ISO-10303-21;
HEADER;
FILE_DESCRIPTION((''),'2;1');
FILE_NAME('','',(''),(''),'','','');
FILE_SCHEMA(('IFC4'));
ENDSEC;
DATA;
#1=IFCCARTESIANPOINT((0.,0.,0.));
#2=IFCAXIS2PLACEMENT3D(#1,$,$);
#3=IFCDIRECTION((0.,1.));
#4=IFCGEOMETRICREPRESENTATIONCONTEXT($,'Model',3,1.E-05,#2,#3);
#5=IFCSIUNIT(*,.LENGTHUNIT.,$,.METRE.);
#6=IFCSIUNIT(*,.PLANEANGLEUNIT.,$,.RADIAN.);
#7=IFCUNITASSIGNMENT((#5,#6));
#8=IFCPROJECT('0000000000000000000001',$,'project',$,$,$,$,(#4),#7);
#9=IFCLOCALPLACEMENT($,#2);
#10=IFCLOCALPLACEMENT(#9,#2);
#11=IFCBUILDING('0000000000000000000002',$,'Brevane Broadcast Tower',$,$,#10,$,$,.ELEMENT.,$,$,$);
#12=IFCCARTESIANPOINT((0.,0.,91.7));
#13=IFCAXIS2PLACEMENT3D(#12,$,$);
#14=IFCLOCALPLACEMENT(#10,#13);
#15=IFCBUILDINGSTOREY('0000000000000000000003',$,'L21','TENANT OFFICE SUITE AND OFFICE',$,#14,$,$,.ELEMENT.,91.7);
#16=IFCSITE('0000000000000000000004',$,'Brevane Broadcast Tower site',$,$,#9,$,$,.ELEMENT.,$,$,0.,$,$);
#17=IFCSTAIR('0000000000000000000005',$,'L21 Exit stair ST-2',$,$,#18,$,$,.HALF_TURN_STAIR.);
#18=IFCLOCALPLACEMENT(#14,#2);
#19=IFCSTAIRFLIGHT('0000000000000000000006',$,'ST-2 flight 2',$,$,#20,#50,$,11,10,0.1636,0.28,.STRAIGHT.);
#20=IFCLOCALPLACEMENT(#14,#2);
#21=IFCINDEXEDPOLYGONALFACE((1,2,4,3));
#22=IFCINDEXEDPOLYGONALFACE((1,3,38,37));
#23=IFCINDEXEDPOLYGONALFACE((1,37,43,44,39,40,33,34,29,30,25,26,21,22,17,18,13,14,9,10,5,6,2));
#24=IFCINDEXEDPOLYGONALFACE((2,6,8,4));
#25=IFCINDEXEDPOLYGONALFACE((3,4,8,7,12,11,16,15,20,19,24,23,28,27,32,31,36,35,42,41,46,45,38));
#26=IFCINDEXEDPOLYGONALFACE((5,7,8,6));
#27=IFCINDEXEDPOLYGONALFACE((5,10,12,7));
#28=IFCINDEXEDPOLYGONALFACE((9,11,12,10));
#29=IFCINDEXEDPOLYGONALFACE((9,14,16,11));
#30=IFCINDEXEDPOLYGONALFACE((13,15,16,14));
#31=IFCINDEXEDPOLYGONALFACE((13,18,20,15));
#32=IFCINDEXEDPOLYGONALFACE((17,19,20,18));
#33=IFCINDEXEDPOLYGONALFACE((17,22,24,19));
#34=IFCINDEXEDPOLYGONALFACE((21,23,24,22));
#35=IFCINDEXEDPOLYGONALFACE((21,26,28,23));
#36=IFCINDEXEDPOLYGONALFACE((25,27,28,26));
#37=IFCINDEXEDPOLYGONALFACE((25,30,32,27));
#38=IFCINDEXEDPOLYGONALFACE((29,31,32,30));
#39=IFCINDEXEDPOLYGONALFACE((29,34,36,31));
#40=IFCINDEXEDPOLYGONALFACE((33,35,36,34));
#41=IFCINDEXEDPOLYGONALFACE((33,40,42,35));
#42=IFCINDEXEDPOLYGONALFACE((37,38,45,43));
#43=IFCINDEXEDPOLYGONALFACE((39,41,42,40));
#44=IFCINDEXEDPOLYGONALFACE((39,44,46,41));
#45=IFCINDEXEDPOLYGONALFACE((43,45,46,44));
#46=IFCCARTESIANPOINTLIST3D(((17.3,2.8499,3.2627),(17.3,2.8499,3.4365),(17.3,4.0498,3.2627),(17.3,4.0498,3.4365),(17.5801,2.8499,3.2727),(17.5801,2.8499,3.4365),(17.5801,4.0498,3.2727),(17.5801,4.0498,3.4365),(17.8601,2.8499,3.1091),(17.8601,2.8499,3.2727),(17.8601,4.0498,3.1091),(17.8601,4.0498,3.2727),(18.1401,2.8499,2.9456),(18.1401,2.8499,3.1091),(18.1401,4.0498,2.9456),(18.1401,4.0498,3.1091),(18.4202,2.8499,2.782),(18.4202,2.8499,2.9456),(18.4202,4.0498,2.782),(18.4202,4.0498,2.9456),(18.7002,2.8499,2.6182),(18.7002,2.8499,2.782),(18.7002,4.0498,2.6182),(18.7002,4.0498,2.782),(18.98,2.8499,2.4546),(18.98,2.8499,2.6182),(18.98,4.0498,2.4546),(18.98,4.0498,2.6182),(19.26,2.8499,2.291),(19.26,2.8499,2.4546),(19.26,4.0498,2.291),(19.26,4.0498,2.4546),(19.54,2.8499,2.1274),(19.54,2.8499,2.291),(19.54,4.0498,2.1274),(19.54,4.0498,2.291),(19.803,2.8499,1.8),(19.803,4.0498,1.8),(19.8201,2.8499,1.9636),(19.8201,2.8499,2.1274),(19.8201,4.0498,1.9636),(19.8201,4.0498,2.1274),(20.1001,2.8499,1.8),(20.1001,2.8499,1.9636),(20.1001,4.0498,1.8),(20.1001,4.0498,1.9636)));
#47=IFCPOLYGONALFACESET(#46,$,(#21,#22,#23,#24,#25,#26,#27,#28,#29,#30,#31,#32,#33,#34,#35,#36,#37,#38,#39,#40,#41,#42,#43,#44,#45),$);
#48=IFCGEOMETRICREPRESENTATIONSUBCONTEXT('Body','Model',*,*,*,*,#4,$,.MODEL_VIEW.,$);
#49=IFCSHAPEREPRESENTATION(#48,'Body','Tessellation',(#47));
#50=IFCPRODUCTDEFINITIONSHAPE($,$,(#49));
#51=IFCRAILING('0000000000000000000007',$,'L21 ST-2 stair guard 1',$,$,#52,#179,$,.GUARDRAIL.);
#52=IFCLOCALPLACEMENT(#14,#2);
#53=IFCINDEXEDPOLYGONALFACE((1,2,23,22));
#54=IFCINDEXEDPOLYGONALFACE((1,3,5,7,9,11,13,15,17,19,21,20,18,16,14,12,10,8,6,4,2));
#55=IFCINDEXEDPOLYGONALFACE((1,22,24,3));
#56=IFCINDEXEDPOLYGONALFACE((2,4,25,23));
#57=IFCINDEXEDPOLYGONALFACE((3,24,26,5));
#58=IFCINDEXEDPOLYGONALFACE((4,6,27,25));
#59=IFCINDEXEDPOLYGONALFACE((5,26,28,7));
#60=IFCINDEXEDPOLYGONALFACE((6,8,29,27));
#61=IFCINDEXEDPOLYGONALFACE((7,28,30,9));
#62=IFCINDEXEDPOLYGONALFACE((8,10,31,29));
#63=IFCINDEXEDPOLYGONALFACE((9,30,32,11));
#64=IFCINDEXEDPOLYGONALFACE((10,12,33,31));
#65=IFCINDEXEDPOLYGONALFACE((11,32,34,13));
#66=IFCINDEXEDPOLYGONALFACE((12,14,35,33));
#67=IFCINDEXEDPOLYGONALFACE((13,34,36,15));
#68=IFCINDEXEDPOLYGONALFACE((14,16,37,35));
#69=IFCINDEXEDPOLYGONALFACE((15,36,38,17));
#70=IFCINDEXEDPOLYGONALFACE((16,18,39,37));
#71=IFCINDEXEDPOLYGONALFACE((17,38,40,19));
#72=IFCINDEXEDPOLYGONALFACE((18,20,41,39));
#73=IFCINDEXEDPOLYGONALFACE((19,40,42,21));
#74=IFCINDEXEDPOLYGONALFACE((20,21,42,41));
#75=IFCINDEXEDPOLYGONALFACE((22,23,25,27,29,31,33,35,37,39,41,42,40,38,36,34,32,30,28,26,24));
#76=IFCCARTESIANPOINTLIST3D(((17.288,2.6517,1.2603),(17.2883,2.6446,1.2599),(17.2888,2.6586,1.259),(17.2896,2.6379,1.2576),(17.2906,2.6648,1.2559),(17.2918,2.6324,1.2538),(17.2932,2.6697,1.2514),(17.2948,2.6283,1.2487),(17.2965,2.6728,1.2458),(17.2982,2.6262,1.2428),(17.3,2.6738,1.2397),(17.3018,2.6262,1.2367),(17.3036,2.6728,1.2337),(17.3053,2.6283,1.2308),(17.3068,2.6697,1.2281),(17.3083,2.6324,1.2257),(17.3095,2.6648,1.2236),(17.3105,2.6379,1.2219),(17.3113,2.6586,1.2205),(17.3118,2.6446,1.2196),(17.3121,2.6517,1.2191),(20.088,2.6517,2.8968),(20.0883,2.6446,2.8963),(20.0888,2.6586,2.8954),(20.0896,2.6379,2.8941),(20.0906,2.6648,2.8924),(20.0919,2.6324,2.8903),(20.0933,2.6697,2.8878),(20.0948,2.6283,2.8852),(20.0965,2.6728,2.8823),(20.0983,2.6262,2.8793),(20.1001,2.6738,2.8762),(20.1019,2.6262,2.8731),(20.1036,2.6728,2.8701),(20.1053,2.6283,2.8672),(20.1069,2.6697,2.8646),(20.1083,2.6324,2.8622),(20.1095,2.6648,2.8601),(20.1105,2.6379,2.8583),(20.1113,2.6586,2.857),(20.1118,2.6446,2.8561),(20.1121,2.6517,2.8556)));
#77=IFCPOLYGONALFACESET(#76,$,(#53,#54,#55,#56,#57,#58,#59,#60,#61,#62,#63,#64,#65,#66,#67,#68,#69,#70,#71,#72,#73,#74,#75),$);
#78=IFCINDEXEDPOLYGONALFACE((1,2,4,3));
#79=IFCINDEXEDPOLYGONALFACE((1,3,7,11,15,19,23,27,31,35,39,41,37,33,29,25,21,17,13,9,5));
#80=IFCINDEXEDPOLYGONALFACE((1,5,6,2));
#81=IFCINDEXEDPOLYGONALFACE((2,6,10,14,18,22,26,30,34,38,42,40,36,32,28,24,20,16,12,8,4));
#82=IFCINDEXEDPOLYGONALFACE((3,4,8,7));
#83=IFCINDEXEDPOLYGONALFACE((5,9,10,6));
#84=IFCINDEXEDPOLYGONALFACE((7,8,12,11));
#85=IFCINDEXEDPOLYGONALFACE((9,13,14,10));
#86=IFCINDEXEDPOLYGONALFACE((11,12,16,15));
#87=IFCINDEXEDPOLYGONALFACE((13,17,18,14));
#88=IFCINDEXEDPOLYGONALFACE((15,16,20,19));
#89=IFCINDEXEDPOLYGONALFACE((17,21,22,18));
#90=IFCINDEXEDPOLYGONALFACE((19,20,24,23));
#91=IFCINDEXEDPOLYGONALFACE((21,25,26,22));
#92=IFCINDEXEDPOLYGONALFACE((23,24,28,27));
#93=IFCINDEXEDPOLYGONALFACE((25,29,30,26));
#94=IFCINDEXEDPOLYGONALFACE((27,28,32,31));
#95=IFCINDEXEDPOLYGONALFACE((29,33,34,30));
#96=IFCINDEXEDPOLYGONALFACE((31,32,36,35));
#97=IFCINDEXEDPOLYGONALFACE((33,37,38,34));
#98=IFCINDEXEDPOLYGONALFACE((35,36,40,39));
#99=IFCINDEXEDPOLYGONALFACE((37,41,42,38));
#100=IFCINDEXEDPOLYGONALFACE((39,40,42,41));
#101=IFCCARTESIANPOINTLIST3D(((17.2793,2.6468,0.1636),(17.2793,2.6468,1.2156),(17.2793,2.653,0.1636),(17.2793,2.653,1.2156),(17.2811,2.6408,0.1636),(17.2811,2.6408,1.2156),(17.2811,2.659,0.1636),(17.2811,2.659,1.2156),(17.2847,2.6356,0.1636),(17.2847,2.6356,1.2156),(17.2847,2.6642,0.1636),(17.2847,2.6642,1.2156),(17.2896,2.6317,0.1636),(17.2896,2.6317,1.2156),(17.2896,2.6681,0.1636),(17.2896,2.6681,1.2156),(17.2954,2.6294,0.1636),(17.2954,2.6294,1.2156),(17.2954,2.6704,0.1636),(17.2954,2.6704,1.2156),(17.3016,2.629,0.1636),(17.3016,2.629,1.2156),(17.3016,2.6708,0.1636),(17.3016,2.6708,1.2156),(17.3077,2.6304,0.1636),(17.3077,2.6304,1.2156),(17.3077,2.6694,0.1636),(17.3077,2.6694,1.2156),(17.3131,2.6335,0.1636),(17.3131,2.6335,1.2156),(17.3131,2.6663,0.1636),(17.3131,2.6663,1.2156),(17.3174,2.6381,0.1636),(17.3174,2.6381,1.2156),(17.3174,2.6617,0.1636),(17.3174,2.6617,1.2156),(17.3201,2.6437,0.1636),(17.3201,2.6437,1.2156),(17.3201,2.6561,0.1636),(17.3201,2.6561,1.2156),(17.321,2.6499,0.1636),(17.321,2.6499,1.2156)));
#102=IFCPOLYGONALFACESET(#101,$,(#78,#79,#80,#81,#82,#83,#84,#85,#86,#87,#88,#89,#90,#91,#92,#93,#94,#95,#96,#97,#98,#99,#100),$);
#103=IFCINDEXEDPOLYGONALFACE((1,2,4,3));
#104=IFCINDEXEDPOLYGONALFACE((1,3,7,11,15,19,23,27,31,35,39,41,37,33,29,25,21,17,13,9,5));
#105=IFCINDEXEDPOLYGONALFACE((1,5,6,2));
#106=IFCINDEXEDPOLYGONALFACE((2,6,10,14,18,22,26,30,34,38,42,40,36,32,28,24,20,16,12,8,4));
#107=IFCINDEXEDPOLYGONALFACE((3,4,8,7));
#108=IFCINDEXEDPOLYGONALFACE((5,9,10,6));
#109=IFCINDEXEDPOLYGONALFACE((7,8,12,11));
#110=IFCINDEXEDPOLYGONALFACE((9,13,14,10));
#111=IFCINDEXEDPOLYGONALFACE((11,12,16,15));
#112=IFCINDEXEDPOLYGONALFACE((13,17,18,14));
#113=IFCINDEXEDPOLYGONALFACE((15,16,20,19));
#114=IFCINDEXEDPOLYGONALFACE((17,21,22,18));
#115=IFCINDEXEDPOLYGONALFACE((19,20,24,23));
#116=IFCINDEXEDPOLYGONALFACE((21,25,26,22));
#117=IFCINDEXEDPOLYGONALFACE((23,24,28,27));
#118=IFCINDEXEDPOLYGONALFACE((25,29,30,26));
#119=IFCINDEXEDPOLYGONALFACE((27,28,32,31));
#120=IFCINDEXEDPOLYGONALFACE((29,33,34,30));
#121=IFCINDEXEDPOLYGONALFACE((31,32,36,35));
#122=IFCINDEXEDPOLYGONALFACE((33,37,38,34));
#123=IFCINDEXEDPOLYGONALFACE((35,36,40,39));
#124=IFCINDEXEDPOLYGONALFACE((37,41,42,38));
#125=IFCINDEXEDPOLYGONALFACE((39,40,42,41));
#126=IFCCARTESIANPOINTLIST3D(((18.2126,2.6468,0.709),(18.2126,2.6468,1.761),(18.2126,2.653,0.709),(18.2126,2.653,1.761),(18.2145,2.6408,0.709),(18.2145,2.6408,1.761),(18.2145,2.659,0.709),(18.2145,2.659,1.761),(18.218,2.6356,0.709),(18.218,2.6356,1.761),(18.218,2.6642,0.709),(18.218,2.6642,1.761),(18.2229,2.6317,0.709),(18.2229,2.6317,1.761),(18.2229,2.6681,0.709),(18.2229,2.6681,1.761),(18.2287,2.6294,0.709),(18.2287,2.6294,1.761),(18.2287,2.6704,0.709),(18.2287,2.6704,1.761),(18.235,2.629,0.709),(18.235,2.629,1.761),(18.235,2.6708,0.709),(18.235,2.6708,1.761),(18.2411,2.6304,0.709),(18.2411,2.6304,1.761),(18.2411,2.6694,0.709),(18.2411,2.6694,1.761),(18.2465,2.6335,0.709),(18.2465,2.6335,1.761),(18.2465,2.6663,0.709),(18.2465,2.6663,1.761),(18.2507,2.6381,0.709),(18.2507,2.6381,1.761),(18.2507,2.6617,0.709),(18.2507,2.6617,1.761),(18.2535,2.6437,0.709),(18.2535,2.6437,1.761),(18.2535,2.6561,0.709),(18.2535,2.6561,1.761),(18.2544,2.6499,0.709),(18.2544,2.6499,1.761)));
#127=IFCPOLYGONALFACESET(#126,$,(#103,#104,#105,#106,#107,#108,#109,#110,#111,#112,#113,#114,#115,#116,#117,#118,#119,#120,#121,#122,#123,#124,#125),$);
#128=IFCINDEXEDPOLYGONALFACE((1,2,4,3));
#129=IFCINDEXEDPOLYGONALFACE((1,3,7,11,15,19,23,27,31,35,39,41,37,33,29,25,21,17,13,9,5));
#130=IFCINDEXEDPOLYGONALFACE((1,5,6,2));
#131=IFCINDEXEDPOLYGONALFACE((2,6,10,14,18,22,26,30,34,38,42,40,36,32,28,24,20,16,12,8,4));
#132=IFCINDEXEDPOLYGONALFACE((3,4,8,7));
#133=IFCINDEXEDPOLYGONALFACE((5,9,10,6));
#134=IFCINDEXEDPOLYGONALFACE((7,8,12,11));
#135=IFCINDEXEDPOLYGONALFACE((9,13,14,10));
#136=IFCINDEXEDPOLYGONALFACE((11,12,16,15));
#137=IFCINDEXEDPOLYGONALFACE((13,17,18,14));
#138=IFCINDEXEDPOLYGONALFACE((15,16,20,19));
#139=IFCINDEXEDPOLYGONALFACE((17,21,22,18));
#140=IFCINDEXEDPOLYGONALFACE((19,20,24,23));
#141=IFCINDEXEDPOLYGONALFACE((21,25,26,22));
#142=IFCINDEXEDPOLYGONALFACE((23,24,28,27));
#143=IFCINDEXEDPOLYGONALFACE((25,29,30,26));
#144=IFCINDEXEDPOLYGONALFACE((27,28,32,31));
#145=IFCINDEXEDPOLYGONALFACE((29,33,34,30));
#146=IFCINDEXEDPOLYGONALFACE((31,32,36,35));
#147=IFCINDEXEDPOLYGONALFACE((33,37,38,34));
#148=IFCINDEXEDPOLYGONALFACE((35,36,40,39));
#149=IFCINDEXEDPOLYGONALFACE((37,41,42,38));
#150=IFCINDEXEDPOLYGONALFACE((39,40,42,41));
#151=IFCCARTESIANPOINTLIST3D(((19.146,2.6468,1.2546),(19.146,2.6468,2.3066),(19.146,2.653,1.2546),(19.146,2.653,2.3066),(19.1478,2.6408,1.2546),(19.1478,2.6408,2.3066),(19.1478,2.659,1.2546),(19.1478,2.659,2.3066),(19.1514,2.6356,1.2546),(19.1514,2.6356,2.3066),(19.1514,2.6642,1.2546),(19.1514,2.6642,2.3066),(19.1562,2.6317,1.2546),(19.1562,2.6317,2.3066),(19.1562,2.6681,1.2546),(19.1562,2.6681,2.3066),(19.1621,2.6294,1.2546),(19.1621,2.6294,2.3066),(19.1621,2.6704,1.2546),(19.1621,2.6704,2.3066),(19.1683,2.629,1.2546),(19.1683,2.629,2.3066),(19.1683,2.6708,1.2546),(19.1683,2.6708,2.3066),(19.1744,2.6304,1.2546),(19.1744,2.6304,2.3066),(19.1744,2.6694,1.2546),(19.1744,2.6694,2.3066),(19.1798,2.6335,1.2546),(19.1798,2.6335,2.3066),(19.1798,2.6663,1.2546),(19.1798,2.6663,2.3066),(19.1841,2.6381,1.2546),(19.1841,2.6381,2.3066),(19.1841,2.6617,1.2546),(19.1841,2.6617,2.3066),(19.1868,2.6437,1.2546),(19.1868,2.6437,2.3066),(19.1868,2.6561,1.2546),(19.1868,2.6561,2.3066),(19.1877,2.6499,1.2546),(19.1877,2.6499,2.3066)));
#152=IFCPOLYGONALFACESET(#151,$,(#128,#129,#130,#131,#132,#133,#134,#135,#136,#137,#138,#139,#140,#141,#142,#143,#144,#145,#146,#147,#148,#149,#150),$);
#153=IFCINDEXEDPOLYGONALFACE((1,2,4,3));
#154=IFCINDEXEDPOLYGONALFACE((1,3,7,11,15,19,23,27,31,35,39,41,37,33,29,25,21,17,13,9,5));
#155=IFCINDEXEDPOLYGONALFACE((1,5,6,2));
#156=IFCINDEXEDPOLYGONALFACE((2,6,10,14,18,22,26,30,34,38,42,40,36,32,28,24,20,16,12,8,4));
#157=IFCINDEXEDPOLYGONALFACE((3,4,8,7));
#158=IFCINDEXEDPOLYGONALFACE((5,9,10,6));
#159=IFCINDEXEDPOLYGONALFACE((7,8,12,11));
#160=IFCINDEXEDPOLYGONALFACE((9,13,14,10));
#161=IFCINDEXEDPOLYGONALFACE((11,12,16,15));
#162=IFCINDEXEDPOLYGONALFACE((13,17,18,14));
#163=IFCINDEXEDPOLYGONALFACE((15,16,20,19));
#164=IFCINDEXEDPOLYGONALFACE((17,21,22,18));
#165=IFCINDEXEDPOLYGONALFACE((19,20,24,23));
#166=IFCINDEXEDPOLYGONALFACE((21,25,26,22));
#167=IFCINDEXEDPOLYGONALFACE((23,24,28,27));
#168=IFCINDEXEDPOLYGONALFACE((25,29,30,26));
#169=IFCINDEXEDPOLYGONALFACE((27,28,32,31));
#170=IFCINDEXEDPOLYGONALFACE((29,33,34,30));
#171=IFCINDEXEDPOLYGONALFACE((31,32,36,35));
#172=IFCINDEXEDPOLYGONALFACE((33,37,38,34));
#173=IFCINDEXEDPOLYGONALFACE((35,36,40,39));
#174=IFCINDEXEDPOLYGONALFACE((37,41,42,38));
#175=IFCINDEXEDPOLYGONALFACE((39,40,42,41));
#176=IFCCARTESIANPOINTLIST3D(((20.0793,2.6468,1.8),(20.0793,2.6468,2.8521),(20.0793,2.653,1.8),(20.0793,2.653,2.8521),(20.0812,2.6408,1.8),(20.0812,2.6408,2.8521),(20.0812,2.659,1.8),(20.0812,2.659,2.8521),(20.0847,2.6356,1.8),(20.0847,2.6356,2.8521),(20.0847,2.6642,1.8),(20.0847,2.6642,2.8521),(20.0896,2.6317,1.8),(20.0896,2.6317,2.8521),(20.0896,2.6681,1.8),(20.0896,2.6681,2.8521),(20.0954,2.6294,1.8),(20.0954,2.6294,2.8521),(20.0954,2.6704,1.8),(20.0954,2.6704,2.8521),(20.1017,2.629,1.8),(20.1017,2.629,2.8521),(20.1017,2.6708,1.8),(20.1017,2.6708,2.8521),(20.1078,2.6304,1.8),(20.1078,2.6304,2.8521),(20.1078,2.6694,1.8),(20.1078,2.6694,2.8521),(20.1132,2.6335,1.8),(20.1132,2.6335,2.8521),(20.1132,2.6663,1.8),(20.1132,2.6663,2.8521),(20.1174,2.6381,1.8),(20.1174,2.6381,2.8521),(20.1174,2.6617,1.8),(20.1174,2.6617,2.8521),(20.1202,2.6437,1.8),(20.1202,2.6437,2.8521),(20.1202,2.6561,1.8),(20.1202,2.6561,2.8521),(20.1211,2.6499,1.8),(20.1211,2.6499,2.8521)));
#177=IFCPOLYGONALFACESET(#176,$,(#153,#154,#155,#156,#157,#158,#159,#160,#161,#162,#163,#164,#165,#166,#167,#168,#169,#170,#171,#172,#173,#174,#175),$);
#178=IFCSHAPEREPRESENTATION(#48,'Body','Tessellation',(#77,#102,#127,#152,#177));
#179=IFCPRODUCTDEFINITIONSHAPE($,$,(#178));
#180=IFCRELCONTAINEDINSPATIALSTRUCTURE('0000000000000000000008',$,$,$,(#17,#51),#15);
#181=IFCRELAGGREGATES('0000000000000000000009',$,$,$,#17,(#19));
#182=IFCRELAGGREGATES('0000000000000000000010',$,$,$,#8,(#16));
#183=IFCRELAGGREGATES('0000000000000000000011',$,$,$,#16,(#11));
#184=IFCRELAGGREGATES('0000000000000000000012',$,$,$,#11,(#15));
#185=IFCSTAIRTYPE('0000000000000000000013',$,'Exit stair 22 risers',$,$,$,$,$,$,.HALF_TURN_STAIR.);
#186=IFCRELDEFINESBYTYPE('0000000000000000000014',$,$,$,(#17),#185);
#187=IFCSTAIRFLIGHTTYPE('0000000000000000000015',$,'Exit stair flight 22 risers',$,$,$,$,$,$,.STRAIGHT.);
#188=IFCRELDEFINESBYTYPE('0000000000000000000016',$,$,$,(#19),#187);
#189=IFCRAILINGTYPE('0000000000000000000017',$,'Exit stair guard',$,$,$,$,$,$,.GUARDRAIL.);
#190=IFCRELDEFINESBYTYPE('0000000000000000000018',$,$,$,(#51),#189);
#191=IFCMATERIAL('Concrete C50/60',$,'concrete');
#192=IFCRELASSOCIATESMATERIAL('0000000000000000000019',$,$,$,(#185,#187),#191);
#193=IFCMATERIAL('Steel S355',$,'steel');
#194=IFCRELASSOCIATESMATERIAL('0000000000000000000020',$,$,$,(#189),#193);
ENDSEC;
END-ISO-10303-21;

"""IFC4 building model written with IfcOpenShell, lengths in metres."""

from ifc_helpers import new_model, si_unit, direction, frame, origin, origin_2d, place, context, subcontext, project, spatial, polyline, circle, outline, extrude, material, type_object, element, aggregate, save


model = new_model("IFC4")

# Units and contexts
model_context = context("Model", 3, precision=1e-05, world=origin(), true_north=direction((0.0, 1.0)))
body_context = subcontext(model_context, "Body", "Model", "MODEL_VIEW")
ifc_project = project(units=[si_unit("LENGTHUNIT", "METRE"), si_unit("PLANEANGLEUNIT", "RADIAN")], contexts=[model_context])

# Site, building, storey
site_placement = place(None, origin())
site = spatial("IfcSite", under=ifc_project, at=site_placement, Name="Brevane Broadcast Tower site", CompositionType="ELEMENT", RefElevation=0.0)
building_placement = place(site_placement, origin())
building = spatial("IfcBuilding", under=site, at=building_placement, Name="Brevane Broadcast Tower", CompositionType="ELEMENT")
storey_placement = place(building_placement, frame((0.0, 0.0, 91.7)))
storey = spatial("IfcBuildingStorey", under=building, at=storey_placement, Name="L21", Description="TENANT OFFICE SUITE AND OFFICE", CompositionType="ELEMENT", Elevation=91.7)

# Stair, stair flight
ifc_material_1 = material(Name="Concrete C50/60", Category="concrete")
stair_type = type_object("IfcStairType", Name="Exit stair 22 risers", PredefinedType="HALF_TURN_STAIR", material=ifc_material_1)
stair_placement = place(storey_placement, origin())
stair = element("IfcStair", 1, at=stair_placement, inside=storey, type_object=stair_type, Name="L21 Exit stair ST-2", PredefinedType="HALF_TURN_STAIR")
stair_flight_type = type_object("IfcStairFlightType", Name="Exit stair flight 22 risers", PredefinedType="STRAIGHT", material=ifc_material_1)
stair_flight_1_placement = place(storey_placement, frame((20.1001, 3.45, 1.8), z_axis=(0.0, 0.0, 1.0), x_axis=(-1.0, 0.0, 0.0)))
stair_flight_1 = element("IfcStairFlight", 2, at=stair_flight_1_placement, type_object=stair_flight_type, Name="ST-2 flight 2", NumberOfRisers=11, NumberOfTreads=10, PredefinedType="STRAIGHT", RiserHeight=0.1636, TreadLength=0.28, context=body_context, shape_type="SweptSolid", body=[
    extrude(outline(polyline([(0.0, 0.0), (0.0, 0.1636), (0.28, 0.1636), (0.28, 0.3274), (0.5601, 0.3274), (0.5601, 0.491), (0.8401, 0.491), (0.8401, 0.6545), (1.1201, 0.6545), (1.1201, 0.8181), (1.3999, 0.8181), (1.3999, 0.9819), (1.6799, 0.9819), (1.6799, 1.1455), (1.96, 1.1455), (1.96, 1.3091), (2.24, 1.3091), (2.24, 1.4727), (2.52, 1.4727), (2.52, 1.6365), (2.8, 1.6365), (2.8, 1.8), (2.8, 1.4626), (0.2971, 0.0), (0.0, 0.0)])), frame((0.0, 0.6001, 0.0), z_axis=(0.0, -1.0, 0.0), x_axis=(1.0, 0.0, 0.0)), (0.0, 0.0, 1.0), 1.2),
])
aggregate(stair, [stair_flight_1])

# Railing
ifc_material_2 = material(Name="Steel S355", Category="steel")
railing_type_1 = type_object("IfcRailingType", Name="Exit stair guard", PredefinedType="GUARDRAIL", material=ifc_material_2)
railing_1_placement = place(storey_placement, frame((17.3, 2.6499, 0.1636)))
element("IfcRailing", 3, at=railing_1_placement, inside=storey, type_object=railing_type_1, Name="L21 ST-2 stair guard 1", PredefinedType="GUARDRAIL", context=body_context, shape_type="SweptSolid", body=[
    extrude(circle(Radius=0.0239, at=origin_2d()), frame((0.0, 0.0, 1.0762), z_axis=(0.863361, 0.0, 0.504587), x_axis=(0.0, 1.0, 0.0)), (0.0, 0.0, 1.0), 3.2432),
    extrude(circle(Radius=0.021, at=origin_2d()), origin(), (0.0, 0.0, 1.0), 1.052),
    extrude(circle(Radius=0.021, at=origin_2d()), frame((0.9333, 0.0, 0.5454)), (0.0, 0.0, 1.0), 1.052),
    extrude(circle(Radius=0.021, at=origin_2d()), frame((1.8667, 0.0, 1.0911)), (0.0, 0.0, 1.0), 1.052),
    extrude(circle(Radius=0.021, at=origin_2d()), frame((2.8, 0.0, 1.6365)), (0.0, 0.0, 1.0), 1.052),
])

save(model, "model.ifc")
